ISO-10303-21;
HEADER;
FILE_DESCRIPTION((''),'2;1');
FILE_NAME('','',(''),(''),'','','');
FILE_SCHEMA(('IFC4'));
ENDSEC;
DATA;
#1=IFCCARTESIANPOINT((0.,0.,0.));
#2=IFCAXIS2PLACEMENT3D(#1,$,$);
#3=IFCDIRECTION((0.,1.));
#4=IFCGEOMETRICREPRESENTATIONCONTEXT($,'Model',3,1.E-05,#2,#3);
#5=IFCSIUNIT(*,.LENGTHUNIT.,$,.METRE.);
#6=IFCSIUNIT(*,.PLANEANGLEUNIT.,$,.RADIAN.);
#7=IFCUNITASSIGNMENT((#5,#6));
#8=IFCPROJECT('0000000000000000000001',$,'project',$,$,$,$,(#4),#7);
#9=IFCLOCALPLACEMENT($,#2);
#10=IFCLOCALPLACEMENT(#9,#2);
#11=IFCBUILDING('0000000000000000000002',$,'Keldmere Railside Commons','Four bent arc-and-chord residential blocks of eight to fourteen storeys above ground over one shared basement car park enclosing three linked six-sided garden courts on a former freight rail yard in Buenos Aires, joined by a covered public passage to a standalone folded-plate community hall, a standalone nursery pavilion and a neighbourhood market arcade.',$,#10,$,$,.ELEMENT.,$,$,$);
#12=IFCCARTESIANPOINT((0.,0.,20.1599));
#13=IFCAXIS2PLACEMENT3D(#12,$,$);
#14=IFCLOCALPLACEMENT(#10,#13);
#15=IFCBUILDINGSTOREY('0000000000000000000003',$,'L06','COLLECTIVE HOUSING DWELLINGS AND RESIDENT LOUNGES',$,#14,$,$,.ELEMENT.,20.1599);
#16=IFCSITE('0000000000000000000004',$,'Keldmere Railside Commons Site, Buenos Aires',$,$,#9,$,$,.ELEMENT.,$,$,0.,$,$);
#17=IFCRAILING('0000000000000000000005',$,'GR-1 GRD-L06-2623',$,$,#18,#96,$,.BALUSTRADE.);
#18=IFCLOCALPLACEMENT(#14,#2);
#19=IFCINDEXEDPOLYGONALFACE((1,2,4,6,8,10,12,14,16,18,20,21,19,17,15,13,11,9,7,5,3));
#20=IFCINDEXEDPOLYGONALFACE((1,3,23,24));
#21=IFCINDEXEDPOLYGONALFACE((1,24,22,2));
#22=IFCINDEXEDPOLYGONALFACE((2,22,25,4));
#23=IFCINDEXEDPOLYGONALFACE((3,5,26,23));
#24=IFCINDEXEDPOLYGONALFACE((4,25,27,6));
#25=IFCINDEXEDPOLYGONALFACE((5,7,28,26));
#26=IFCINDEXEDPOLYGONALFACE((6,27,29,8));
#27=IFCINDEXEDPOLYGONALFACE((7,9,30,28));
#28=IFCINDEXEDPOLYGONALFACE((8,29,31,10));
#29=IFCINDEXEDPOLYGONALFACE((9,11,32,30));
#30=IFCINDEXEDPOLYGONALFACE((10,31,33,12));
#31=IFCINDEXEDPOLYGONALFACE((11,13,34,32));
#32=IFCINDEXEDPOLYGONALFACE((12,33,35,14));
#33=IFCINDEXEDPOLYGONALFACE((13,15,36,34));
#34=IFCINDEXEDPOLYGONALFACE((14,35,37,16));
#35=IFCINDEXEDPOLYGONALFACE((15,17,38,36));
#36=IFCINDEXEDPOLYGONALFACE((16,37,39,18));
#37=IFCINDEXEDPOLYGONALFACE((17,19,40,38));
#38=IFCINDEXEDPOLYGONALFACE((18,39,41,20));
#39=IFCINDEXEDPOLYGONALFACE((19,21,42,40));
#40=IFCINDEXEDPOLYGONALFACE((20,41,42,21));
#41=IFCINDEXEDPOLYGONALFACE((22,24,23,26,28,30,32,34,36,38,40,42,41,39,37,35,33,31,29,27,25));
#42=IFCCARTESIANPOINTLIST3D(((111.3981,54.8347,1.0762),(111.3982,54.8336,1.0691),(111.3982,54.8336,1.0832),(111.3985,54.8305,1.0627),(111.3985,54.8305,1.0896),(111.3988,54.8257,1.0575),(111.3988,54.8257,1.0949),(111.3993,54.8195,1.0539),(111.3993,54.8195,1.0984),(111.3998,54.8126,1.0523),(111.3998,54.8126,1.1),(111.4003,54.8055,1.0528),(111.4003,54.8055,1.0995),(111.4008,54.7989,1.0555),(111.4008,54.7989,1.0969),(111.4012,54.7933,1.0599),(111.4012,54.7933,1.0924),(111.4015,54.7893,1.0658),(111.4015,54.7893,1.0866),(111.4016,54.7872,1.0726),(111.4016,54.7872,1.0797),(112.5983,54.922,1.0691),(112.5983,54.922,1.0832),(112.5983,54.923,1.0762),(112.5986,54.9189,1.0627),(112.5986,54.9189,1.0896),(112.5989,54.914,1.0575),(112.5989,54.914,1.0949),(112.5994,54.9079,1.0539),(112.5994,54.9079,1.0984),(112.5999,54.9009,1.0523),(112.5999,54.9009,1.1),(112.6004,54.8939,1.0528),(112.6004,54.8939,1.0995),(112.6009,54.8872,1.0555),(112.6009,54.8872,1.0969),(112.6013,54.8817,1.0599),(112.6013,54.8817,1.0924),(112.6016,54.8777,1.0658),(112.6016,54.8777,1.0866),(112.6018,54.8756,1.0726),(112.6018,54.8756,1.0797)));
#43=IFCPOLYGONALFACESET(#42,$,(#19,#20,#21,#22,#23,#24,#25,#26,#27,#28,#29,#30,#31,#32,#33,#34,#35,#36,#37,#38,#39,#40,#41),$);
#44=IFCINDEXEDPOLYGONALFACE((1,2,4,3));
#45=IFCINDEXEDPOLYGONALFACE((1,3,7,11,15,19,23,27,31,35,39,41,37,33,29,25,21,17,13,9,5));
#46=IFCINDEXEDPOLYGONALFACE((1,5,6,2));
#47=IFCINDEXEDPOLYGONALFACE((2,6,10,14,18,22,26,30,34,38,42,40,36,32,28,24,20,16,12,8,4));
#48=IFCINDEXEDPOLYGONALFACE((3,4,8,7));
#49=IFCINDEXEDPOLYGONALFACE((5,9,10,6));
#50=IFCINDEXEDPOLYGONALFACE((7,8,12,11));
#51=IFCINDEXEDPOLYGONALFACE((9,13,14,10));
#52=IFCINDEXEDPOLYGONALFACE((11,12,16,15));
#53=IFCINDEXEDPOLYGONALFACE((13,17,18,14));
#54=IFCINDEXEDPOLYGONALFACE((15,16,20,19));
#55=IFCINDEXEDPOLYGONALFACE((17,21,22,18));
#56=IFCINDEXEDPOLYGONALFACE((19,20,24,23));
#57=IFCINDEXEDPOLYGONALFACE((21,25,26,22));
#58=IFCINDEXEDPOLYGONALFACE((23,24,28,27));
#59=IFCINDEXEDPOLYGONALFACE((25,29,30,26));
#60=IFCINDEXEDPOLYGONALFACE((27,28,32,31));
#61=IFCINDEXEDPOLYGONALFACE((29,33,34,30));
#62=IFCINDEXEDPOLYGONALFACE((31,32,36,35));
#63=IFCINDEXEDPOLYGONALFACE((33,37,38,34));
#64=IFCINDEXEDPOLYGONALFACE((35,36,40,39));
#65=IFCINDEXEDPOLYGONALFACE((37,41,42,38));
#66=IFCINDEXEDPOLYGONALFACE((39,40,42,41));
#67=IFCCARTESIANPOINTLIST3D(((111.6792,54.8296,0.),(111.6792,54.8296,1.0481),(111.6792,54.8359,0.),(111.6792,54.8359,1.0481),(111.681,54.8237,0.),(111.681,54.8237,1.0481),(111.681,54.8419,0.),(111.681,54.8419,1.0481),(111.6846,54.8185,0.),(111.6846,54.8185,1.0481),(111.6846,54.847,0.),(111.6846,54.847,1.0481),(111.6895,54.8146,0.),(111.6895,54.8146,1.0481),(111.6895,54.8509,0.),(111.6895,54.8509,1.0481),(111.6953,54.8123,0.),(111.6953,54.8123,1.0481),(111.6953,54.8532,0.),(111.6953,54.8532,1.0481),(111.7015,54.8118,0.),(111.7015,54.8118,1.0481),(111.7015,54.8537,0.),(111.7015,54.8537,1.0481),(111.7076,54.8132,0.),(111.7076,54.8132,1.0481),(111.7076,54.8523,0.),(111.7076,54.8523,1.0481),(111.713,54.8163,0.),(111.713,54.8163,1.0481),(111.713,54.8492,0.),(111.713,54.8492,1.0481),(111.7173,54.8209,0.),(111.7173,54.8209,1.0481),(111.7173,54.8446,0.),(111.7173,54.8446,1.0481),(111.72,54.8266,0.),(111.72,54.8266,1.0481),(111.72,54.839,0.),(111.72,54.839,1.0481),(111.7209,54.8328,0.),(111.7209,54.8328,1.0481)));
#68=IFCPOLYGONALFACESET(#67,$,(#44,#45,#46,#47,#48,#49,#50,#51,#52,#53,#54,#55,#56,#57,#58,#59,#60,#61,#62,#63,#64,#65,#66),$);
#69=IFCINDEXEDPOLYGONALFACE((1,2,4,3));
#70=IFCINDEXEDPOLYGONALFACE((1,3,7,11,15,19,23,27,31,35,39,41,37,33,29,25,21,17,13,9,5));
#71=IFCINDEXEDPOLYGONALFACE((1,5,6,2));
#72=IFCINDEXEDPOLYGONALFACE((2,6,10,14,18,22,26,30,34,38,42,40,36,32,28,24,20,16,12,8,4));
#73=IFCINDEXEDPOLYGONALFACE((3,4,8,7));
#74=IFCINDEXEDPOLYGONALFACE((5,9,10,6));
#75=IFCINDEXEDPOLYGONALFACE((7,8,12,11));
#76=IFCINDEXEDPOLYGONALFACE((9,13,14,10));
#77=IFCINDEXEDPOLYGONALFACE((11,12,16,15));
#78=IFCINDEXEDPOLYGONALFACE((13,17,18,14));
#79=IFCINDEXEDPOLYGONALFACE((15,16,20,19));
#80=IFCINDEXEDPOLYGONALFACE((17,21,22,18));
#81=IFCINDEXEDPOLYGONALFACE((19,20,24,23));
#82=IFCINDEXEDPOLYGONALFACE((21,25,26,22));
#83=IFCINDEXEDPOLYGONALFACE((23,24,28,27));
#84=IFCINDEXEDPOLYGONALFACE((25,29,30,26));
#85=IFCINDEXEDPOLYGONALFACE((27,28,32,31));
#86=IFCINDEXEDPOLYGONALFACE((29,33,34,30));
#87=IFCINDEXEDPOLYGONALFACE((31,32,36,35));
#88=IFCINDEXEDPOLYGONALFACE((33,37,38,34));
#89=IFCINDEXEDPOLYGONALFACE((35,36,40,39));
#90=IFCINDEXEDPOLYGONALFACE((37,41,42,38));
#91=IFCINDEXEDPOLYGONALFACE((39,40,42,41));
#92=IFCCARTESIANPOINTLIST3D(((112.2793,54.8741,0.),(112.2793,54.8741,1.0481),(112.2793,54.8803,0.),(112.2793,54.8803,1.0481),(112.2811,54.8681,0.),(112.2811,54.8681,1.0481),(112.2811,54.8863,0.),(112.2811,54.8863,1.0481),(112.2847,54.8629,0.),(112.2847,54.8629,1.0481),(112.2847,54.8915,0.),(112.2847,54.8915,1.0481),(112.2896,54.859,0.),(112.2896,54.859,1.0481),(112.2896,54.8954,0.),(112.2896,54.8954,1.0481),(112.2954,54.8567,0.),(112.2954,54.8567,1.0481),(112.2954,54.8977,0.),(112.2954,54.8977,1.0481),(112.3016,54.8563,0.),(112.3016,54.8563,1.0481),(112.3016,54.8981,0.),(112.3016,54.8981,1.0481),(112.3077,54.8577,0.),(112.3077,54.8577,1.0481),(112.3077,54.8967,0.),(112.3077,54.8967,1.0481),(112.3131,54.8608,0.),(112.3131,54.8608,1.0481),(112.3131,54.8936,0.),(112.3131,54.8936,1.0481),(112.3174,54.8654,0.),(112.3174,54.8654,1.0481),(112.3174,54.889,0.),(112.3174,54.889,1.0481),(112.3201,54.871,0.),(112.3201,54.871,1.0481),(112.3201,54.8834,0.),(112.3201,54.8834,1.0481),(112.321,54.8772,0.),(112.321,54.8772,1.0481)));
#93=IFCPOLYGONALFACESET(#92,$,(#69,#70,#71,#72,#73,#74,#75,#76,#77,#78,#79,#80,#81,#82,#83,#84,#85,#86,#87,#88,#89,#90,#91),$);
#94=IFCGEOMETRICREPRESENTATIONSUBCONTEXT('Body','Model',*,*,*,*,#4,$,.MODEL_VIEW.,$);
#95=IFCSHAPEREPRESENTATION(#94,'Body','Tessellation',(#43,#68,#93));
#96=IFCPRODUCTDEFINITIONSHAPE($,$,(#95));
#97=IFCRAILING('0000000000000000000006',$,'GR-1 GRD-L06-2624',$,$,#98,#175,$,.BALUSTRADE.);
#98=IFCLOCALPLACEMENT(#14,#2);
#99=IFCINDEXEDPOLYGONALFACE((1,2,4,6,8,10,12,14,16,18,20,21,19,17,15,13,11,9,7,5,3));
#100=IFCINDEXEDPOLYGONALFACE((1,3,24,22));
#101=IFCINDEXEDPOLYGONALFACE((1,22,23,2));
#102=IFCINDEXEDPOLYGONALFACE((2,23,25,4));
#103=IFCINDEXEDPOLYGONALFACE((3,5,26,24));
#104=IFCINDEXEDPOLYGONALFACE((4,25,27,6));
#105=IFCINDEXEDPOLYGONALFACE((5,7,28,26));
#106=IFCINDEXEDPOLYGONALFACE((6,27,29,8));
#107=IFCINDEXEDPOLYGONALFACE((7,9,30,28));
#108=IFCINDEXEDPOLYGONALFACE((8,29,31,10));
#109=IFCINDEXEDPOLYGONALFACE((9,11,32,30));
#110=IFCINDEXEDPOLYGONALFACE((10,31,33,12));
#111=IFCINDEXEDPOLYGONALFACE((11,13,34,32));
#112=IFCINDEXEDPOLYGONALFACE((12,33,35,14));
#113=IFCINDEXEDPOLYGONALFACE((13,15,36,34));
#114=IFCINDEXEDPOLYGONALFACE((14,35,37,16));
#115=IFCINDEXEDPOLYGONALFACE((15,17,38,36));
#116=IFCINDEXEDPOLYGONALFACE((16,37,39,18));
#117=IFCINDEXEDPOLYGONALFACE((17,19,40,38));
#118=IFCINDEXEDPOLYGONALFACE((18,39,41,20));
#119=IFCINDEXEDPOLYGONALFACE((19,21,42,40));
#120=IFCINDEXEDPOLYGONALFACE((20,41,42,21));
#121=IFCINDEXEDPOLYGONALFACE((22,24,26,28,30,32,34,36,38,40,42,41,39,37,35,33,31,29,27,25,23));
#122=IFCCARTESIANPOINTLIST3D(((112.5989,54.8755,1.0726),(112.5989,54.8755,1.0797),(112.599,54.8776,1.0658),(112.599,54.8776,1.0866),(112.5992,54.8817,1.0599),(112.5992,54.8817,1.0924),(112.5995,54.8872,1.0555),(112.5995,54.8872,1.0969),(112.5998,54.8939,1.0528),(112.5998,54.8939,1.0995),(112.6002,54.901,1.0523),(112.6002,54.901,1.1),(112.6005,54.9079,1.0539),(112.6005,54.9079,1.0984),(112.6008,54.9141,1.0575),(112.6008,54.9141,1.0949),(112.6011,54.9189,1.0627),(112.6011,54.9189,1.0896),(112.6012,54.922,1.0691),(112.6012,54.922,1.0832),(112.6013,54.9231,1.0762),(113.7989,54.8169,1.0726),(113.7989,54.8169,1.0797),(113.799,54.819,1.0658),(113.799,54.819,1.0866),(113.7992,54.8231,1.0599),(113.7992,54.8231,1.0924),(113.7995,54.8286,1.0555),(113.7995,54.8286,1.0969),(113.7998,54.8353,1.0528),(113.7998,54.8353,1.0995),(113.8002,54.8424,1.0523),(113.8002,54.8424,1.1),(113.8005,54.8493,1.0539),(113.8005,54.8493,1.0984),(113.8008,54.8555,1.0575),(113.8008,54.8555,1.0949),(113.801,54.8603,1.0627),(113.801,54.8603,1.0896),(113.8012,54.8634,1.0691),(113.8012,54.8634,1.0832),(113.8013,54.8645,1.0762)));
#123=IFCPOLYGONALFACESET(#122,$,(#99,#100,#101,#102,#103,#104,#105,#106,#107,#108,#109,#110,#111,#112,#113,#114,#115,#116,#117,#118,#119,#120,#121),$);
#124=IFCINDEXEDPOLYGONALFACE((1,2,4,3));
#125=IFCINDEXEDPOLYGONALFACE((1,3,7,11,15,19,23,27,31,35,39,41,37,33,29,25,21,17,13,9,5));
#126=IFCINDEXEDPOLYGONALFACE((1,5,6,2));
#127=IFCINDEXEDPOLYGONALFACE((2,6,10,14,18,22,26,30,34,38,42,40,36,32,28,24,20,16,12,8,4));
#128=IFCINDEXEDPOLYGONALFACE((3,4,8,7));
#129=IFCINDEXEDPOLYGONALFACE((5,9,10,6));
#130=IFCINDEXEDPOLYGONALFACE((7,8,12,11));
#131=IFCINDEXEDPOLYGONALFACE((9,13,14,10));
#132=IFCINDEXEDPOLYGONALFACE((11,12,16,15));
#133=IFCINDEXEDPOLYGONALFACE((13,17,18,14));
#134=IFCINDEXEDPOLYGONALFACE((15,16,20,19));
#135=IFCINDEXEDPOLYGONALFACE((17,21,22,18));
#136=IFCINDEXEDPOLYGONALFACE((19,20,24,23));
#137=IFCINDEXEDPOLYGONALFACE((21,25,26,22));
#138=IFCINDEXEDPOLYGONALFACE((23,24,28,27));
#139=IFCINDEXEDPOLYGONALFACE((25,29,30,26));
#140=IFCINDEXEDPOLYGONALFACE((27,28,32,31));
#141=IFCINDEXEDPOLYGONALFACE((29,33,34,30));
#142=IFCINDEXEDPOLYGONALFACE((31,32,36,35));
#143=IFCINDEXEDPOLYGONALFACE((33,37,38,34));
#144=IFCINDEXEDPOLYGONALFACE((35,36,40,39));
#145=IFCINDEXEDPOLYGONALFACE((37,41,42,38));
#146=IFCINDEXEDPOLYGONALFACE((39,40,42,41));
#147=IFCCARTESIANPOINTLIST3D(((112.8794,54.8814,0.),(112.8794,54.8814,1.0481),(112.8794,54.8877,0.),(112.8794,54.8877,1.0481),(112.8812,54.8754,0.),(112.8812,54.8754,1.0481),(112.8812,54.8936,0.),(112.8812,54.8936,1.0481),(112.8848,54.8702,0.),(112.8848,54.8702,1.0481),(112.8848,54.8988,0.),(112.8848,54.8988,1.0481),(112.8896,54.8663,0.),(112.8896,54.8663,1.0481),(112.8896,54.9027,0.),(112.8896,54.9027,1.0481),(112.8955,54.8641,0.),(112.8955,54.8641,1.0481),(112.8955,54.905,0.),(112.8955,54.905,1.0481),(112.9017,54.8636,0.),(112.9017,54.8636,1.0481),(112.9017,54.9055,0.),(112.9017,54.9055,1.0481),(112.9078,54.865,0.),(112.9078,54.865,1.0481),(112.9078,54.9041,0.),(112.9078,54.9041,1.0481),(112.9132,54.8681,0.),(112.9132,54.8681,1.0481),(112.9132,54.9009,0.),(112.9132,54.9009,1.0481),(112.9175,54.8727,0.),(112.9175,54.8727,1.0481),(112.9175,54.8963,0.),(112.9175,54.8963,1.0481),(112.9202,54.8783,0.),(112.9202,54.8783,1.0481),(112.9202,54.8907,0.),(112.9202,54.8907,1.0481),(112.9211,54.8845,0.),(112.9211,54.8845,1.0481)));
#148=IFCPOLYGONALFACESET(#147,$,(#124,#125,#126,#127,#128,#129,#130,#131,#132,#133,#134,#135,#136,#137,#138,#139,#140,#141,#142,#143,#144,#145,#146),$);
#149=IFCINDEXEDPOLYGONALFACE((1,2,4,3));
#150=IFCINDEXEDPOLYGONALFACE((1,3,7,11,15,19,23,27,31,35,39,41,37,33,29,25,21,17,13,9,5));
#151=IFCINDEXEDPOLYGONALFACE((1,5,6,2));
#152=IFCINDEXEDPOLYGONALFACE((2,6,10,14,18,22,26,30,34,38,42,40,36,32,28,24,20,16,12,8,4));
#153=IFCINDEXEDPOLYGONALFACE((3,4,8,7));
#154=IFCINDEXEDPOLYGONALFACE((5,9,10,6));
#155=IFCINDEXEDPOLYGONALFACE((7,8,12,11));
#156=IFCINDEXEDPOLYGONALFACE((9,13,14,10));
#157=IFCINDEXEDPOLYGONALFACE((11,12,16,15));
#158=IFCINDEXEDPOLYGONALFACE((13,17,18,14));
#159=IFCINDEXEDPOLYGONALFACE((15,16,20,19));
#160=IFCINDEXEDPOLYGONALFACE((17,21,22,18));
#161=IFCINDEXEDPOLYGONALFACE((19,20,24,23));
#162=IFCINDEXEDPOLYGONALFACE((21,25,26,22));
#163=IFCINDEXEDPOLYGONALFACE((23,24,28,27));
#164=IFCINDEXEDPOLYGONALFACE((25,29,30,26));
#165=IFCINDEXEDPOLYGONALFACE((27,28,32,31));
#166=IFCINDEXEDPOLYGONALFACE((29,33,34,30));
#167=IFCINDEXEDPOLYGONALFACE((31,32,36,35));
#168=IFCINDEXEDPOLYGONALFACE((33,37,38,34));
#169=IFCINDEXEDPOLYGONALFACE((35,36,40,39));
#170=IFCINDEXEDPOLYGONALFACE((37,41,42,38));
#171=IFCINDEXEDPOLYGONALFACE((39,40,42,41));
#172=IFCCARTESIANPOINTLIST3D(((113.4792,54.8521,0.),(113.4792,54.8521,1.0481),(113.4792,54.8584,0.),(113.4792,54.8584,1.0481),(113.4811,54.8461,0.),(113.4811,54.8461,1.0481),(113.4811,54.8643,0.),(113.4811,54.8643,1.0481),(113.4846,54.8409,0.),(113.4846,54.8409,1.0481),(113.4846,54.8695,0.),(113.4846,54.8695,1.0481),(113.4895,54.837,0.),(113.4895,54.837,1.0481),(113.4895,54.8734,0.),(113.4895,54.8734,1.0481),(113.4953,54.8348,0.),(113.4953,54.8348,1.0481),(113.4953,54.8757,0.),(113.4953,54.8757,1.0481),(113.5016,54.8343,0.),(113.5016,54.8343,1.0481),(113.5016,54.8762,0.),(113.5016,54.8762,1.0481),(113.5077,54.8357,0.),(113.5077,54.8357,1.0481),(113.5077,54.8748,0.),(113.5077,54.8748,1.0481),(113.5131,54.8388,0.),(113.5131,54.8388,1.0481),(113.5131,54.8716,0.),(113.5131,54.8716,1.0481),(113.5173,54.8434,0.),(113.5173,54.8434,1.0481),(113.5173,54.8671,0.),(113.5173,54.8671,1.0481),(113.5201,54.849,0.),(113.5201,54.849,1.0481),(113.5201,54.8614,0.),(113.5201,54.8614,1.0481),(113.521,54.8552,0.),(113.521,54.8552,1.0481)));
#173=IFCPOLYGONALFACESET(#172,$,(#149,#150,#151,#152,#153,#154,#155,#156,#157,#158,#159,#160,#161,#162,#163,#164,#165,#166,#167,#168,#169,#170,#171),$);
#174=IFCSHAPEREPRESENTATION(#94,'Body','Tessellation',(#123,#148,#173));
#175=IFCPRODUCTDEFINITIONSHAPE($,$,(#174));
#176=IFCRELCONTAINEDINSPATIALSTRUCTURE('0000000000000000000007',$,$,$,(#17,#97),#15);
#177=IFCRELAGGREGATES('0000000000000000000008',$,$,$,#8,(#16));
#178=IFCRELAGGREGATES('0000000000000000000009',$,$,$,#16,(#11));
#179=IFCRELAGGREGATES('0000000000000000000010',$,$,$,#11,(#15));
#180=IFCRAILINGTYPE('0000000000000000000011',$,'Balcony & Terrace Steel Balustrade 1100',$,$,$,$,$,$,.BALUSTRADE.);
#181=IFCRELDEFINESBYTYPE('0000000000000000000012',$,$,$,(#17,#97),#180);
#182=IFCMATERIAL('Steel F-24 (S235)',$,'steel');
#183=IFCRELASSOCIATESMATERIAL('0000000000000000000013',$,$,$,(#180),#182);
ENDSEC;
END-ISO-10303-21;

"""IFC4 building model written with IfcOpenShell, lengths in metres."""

from ifc_helpers import new_model, si_unit, direction, frame, origin, origin_2d, place, context, subcontext, project, spatial, circle, extrude, material, type_object, element, save


model = new_model("IFC4")

# Units and contexts
model_context = context("Model", 3, precision=1e-05, world=origin(), true_north=direction((0.0, 1.0)))
body_context = subcontext(model_context, "Body", "Model", "MODEL_VIEW")
ifc_project = project(units=[si_unit("LENGTHUNIT", "METRE"), si_unit("PLANEANGLEUNIT", "RADIAN")], contexts=[model_context])

# Site, building, storey
site_placement = place(None, origin())
site = spatial("IfcSite", under=ifc_project, at=site_placement, Name="Keldmere Railside Commons Site, Buenos Aires", CompositionType="ELEMENT", RefElevation=0.0)
building_placement = place(site_placement, origin())
building = spatial("IfcBuilding", under=site, at=building_placement, Name="Keldmere Railside Commons", Description="Four bent arc-and-chord residential blocks of eight to fourteen storeys above ground over one shared basement car park enclosing three linked six-sided garden courts on a former freight rail yard in Buenos Aires, joined by a covered public passage to a standalone folded-plate community hall, a standalone nursery pavilion and a neighbourhood market arcade.", CompositionType="ELEMENT")
storey_placement = place(building_placement, frame((0.0, 0.0, 20.1599)))
storey = spatial("IfcBuildingStorey", under=building, at=storey_placement, Name="L06", Description="COLLECTIVE HOUSING DWELLINGS AND RESIDENT LOUNGES", CompositionType="ELEMENT", Elevation=20.1599)

# Shared definitions
ifc_material_1 = material(Name="Steel F-24 (S235)", Category="steel")

# Railings
railing_type = type_object("IfcRailingType", Name="Balcony & Terrace Steel Balustrade 1100", PredefinedType="BALUSTRADE", material=ifc_material_1)
railing_1_placement = place(storey_placement, frame((111.3999, 54.8108, 0.0)))
element("IfcRailing", 1, at=railing_1_placement, inside=storey, type_object=railing_type, Name="GR-1 GRD-L06-2623", PredefinedType="BALUSTRADE", context=body_context, shape_type="SweptSolid", body=[
    extrude(circle(Radius=0.0239, at=origin_2d()), frame((0.0, 0.0, 1.0762), z_axis=(0.9973, 0.073438, 0.0), x_axis=(-0.073438, 0.9973, 0.0)), (0.0, 0.0, 1.0), 1.2034),
    extrude(circle(Radius=0.021, at=origin_2d()), frame((0.3, 0.022, 0.0)), (0.0, 0.0, 1.0), 1.0481),
    extrude(circle(Radius=0.021, at=origin_2d()), frame((0.9001, 0.0664, 0.0)), (0.0, 0.0, 1.0), 1.0481),
])
railing_2_placement = place(storey_placement, frame((112.6001, 54.8992, 0.0)))
element("IfcRailing", 2, at=railing_2_placement, inside=storey, type_object=railing_type, Name="GR-1 GRD-L06-2624", PredefinedType="BALUSTRADE", context=body_context, shape_type="SweptSolid", body=[
    extrude(circle(Radius=0.0239, at=origin_2d()), frame((0.0, 0.0, 1.0762), z_axis=(0.99881, -0.048772, 0.0), x_axis=(0.048772, 0.99881, 0.0)), (0.0, 0.0, 1.0), 1.2014),
    extrude(circle(Radius=0.021, at=origin_2d()), frame((0.3, -0.0146, 0.0)), (0.0, 0.0, 1.0), 1.0481),
    extrude(circle(Radius=0.021, at=origin_2d()), frame((0.8999, -0.0439, 0.0)), (0.0, 0.0, 1.0), 1.0481),
])

save(model, "model.ifc")
